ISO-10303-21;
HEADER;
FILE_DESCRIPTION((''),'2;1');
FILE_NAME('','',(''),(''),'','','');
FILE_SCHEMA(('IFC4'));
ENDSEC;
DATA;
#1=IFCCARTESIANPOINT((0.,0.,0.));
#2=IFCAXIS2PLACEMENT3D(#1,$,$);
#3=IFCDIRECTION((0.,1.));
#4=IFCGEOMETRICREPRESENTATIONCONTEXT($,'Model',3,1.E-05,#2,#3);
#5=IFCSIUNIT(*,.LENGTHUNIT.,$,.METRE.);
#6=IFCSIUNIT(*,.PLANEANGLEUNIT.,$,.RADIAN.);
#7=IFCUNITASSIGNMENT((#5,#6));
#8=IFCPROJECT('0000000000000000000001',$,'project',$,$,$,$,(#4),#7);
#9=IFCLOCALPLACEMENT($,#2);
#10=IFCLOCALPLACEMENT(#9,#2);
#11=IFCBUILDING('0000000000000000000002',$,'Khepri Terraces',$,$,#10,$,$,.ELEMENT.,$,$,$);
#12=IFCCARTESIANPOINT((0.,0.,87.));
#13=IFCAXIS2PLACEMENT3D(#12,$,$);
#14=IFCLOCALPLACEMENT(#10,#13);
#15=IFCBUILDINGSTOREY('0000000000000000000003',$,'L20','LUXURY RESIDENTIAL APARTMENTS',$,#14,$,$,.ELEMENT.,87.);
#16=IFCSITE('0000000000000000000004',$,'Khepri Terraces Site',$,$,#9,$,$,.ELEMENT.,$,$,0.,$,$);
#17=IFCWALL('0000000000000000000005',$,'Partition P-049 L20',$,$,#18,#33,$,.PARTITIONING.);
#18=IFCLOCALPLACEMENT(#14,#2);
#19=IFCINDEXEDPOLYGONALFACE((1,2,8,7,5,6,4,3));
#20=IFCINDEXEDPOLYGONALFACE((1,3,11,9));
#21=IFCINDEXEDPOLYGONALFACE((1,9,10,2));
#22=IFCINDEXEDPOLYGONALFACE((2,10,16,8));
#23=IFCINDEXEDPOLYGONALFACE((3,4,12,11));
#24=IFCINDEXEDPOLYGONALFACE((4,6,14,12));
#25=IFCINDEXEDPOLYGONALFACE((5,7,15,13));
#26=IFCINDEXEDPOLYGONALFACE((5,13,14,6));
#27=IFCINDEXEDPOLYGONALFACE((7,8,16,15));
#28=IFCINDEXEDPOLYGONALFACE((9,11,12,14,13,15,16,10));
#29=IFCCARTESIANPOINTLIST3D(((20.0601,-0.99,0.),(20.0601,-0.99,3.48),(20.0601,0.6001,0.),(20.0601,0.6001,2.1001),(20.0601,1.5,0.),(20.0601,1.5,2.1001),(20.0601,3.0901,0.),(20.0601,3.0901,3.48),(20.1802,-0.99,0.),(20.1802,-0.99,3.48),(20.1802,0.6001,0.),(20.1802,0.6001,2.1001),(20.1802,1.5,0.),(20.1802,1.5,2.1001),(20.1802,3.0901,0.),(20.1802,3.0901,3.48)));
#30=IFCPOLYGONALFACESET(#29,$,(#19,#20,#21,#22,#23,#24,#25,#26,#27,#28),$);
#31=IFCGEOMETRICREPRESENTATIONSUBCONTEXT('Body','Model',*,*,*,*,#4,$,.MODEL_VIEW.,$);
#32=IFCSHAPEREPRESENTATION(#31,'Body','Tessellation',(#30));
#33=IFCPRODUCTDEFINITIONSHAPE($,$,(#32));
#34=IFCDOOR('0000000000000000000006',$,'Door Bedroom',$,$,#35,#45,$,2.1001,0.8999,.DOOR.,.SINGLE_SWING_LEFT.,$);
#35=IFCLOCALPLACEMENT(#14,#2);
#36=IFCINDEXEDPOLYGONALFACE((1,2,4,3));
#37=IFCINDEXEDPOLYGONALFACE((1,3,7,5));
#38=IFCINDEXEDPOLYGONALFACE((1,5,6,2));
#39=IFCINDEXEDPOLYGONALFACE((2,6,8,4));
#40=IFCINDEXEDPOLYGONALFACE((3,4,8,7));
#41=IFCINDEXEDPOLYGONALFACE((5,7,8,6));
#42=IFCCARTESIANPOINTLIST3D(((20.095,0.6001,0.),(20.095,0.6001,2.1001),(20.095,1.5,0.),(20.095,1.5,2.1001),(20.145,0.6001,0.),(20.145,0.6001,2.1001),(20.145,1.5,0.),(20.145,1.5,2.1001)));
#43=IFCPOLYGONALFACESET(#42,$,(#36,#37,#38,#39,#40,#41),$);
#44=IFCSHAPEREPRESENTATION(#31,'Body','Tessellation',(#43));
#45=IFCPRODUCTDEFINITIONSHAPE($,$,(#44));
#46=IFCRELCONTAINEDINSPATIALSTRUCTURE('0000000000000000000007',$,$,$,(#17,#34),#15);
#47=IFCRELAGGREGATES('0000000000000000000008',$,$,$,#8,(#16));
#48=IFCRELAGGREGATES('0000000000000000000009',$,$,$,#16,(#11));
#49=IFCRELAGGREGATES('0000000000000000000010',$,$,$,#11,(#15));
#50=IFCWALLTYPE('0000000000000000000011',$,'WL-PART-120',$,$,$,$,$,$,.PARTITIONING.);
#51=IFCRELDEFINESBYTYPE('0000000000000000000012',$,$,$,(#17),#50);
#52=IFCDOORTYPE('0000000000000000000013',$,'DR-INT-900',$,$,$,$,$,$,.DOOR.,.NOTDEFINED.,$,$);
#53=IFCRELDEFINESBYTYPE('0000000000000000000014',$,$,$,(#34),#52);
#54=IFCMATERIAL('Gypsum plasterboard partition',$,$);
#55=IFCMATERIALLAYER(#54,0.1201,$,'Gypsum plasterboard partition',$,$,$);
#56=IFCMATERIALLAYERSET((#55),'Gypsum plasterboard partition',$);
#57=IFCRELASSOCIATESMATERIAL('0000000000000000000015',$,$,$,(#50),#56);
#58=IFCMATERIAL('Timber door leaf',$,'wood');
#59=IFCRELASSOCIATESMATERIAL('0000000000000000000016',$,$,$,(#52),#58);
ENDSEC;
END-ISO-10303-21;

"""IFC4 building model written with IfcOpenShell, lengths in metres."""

from ifc_helpers import new_model, si_unit, direction, frame, frame_2d, origin, place, context, subcontext, project, spatial, rectangle, extrude, material, layer, layer_set, type_object, element, fill, save


model = new_model("IFC4")

# Units and contexts
model_context = context("Model", 3, precision=1e-05, world=origin(), true_north=direction((0.0, 1.0)))
body_context = subcontext(model_context, "Body", "Model", "MODEL_VIEW")
ifc_project = project(units=[si_unit("LENGTHUNIT", "METRE"), si_unit("PLANEANGLEUNIT", "RADIAN")], contexts=[model_context])

# Site, building, storey
site_placement = place(None, origin())
site = spatial("IfcSite", under=ifc_project, at=site_placement, Name="Khepri Terraces Site", CompositionType="ELEMENT", RefElevation=0.0)
building_placement = place(site_placement, origin())
building = spatial("IfcBuilding", under=site, at=building_placement, Name="Khepri Terraces", CompositionType="ELEMENT")
storey_placement = place(building_placement, frame((0.0, 0.0, 87.0)))
storey = spatial("IfcBuildingStorey", under=building, at=storey_placement, Name="L20", Description="LUXURY RESIDENTIAL APARTMENTS", CompositionType="ELEMENT", Elevation=87.0)

# Shared definitions
ifc_material_1 = material(Name="Gypsum plasterboard partition")
ifc_layer_1 = layer(ifc_material_1, 0.1201, Name="Gypsum plasterboard partition")
ifc_layer_set_1 = layer_set([ifc_layer_1], Name="Gypsum plasterboard partition")
wall_type_1 = type_object("IfcWallType", Name="WL-PART-120", PredefinedType="PARTITIONING", material=ifc_layer_set_1)
ifc_material_2 = material(Name="Timber door leaf", Category="wood")
door_type_1 = type_object("IfcDoorType", Name="DR-INT-900", OperationType="NOTDEFINED", PredefinedType="DOOR", material=ifc_material_2)

# Wall, opening, door
wall_1_placement = place(storey_placement, frame((20.1201, -0.99, 0.0), z_axis=(0.0, 0.0, 1.0), x_axis=(0.0, 1.0, 0.0)))
wall_1 = element("IfcWall", 1, at=wall_1_placement, inside=storey, type_object=wall_type_1, Name="Partition P-049 L20", PredefinedType="PARTITIONING", context=body_context, shape_type="SweptSolid", body=[
    extrude(rectangle(XDim=4.0801, YDim=0.1201, at=frame_2d((2.04, 0.0))), origin(), (0.0, 0.0, 1.0), 3.48),
])
opening_1_placement = place(wall_1_placement, frame((1.5901, 0.0, 0.0)))
opening_1 = element("IfcOpeningElement", 2, at=opening_1_placement, cuts=wall_1, PredefinedType="OPENING", context=body_context, shape_type="SweptSolid", body=[
    extrude(rectangle(XDim=0.8999, YDim=2.1001, at=frame_2d((0.45, 1.05))), frame((0.0, 0.0701, 0.0), z_axis=(0.0, -1.0, 0.0), x_axis=(1.0, 0.0, 0.0)), (0.0, 0.0, 1.0), 0.1401),
])
door_1_placement = place(opening_1_placement, frame((0.8999, 0.0, 0.0), z_axis=(0.0, 0.0, 1.0), x_axis=(-1.0, 0.0, 0.0)))
door_1 = element("IfcDoor", 3, at=door_1_placement, inside=storey, type_object=door_type_1, Name="Door Bedroom", OperationType="SINGLE_SWING_LEFT", OverallHeight=2.1001, OverallWidth=0.8999, PredefinedType="DOOR", context=body_context, shape_type="SweptSolid", body=[
    extrude(rectangle(XDim=0.8999, YDim=2.1001, at=frame_2d((0.45, 1.05))), frame((0.0, 0.0249, 0.0), z_axis=(0.0, -1.0, 0.0), x_axis=(1.0, 0.0, 0.0)), (0.0, 0.0, 1.0), 0.05),
])
fill(opening_1, door_1)

save(model, "model.ifc")
